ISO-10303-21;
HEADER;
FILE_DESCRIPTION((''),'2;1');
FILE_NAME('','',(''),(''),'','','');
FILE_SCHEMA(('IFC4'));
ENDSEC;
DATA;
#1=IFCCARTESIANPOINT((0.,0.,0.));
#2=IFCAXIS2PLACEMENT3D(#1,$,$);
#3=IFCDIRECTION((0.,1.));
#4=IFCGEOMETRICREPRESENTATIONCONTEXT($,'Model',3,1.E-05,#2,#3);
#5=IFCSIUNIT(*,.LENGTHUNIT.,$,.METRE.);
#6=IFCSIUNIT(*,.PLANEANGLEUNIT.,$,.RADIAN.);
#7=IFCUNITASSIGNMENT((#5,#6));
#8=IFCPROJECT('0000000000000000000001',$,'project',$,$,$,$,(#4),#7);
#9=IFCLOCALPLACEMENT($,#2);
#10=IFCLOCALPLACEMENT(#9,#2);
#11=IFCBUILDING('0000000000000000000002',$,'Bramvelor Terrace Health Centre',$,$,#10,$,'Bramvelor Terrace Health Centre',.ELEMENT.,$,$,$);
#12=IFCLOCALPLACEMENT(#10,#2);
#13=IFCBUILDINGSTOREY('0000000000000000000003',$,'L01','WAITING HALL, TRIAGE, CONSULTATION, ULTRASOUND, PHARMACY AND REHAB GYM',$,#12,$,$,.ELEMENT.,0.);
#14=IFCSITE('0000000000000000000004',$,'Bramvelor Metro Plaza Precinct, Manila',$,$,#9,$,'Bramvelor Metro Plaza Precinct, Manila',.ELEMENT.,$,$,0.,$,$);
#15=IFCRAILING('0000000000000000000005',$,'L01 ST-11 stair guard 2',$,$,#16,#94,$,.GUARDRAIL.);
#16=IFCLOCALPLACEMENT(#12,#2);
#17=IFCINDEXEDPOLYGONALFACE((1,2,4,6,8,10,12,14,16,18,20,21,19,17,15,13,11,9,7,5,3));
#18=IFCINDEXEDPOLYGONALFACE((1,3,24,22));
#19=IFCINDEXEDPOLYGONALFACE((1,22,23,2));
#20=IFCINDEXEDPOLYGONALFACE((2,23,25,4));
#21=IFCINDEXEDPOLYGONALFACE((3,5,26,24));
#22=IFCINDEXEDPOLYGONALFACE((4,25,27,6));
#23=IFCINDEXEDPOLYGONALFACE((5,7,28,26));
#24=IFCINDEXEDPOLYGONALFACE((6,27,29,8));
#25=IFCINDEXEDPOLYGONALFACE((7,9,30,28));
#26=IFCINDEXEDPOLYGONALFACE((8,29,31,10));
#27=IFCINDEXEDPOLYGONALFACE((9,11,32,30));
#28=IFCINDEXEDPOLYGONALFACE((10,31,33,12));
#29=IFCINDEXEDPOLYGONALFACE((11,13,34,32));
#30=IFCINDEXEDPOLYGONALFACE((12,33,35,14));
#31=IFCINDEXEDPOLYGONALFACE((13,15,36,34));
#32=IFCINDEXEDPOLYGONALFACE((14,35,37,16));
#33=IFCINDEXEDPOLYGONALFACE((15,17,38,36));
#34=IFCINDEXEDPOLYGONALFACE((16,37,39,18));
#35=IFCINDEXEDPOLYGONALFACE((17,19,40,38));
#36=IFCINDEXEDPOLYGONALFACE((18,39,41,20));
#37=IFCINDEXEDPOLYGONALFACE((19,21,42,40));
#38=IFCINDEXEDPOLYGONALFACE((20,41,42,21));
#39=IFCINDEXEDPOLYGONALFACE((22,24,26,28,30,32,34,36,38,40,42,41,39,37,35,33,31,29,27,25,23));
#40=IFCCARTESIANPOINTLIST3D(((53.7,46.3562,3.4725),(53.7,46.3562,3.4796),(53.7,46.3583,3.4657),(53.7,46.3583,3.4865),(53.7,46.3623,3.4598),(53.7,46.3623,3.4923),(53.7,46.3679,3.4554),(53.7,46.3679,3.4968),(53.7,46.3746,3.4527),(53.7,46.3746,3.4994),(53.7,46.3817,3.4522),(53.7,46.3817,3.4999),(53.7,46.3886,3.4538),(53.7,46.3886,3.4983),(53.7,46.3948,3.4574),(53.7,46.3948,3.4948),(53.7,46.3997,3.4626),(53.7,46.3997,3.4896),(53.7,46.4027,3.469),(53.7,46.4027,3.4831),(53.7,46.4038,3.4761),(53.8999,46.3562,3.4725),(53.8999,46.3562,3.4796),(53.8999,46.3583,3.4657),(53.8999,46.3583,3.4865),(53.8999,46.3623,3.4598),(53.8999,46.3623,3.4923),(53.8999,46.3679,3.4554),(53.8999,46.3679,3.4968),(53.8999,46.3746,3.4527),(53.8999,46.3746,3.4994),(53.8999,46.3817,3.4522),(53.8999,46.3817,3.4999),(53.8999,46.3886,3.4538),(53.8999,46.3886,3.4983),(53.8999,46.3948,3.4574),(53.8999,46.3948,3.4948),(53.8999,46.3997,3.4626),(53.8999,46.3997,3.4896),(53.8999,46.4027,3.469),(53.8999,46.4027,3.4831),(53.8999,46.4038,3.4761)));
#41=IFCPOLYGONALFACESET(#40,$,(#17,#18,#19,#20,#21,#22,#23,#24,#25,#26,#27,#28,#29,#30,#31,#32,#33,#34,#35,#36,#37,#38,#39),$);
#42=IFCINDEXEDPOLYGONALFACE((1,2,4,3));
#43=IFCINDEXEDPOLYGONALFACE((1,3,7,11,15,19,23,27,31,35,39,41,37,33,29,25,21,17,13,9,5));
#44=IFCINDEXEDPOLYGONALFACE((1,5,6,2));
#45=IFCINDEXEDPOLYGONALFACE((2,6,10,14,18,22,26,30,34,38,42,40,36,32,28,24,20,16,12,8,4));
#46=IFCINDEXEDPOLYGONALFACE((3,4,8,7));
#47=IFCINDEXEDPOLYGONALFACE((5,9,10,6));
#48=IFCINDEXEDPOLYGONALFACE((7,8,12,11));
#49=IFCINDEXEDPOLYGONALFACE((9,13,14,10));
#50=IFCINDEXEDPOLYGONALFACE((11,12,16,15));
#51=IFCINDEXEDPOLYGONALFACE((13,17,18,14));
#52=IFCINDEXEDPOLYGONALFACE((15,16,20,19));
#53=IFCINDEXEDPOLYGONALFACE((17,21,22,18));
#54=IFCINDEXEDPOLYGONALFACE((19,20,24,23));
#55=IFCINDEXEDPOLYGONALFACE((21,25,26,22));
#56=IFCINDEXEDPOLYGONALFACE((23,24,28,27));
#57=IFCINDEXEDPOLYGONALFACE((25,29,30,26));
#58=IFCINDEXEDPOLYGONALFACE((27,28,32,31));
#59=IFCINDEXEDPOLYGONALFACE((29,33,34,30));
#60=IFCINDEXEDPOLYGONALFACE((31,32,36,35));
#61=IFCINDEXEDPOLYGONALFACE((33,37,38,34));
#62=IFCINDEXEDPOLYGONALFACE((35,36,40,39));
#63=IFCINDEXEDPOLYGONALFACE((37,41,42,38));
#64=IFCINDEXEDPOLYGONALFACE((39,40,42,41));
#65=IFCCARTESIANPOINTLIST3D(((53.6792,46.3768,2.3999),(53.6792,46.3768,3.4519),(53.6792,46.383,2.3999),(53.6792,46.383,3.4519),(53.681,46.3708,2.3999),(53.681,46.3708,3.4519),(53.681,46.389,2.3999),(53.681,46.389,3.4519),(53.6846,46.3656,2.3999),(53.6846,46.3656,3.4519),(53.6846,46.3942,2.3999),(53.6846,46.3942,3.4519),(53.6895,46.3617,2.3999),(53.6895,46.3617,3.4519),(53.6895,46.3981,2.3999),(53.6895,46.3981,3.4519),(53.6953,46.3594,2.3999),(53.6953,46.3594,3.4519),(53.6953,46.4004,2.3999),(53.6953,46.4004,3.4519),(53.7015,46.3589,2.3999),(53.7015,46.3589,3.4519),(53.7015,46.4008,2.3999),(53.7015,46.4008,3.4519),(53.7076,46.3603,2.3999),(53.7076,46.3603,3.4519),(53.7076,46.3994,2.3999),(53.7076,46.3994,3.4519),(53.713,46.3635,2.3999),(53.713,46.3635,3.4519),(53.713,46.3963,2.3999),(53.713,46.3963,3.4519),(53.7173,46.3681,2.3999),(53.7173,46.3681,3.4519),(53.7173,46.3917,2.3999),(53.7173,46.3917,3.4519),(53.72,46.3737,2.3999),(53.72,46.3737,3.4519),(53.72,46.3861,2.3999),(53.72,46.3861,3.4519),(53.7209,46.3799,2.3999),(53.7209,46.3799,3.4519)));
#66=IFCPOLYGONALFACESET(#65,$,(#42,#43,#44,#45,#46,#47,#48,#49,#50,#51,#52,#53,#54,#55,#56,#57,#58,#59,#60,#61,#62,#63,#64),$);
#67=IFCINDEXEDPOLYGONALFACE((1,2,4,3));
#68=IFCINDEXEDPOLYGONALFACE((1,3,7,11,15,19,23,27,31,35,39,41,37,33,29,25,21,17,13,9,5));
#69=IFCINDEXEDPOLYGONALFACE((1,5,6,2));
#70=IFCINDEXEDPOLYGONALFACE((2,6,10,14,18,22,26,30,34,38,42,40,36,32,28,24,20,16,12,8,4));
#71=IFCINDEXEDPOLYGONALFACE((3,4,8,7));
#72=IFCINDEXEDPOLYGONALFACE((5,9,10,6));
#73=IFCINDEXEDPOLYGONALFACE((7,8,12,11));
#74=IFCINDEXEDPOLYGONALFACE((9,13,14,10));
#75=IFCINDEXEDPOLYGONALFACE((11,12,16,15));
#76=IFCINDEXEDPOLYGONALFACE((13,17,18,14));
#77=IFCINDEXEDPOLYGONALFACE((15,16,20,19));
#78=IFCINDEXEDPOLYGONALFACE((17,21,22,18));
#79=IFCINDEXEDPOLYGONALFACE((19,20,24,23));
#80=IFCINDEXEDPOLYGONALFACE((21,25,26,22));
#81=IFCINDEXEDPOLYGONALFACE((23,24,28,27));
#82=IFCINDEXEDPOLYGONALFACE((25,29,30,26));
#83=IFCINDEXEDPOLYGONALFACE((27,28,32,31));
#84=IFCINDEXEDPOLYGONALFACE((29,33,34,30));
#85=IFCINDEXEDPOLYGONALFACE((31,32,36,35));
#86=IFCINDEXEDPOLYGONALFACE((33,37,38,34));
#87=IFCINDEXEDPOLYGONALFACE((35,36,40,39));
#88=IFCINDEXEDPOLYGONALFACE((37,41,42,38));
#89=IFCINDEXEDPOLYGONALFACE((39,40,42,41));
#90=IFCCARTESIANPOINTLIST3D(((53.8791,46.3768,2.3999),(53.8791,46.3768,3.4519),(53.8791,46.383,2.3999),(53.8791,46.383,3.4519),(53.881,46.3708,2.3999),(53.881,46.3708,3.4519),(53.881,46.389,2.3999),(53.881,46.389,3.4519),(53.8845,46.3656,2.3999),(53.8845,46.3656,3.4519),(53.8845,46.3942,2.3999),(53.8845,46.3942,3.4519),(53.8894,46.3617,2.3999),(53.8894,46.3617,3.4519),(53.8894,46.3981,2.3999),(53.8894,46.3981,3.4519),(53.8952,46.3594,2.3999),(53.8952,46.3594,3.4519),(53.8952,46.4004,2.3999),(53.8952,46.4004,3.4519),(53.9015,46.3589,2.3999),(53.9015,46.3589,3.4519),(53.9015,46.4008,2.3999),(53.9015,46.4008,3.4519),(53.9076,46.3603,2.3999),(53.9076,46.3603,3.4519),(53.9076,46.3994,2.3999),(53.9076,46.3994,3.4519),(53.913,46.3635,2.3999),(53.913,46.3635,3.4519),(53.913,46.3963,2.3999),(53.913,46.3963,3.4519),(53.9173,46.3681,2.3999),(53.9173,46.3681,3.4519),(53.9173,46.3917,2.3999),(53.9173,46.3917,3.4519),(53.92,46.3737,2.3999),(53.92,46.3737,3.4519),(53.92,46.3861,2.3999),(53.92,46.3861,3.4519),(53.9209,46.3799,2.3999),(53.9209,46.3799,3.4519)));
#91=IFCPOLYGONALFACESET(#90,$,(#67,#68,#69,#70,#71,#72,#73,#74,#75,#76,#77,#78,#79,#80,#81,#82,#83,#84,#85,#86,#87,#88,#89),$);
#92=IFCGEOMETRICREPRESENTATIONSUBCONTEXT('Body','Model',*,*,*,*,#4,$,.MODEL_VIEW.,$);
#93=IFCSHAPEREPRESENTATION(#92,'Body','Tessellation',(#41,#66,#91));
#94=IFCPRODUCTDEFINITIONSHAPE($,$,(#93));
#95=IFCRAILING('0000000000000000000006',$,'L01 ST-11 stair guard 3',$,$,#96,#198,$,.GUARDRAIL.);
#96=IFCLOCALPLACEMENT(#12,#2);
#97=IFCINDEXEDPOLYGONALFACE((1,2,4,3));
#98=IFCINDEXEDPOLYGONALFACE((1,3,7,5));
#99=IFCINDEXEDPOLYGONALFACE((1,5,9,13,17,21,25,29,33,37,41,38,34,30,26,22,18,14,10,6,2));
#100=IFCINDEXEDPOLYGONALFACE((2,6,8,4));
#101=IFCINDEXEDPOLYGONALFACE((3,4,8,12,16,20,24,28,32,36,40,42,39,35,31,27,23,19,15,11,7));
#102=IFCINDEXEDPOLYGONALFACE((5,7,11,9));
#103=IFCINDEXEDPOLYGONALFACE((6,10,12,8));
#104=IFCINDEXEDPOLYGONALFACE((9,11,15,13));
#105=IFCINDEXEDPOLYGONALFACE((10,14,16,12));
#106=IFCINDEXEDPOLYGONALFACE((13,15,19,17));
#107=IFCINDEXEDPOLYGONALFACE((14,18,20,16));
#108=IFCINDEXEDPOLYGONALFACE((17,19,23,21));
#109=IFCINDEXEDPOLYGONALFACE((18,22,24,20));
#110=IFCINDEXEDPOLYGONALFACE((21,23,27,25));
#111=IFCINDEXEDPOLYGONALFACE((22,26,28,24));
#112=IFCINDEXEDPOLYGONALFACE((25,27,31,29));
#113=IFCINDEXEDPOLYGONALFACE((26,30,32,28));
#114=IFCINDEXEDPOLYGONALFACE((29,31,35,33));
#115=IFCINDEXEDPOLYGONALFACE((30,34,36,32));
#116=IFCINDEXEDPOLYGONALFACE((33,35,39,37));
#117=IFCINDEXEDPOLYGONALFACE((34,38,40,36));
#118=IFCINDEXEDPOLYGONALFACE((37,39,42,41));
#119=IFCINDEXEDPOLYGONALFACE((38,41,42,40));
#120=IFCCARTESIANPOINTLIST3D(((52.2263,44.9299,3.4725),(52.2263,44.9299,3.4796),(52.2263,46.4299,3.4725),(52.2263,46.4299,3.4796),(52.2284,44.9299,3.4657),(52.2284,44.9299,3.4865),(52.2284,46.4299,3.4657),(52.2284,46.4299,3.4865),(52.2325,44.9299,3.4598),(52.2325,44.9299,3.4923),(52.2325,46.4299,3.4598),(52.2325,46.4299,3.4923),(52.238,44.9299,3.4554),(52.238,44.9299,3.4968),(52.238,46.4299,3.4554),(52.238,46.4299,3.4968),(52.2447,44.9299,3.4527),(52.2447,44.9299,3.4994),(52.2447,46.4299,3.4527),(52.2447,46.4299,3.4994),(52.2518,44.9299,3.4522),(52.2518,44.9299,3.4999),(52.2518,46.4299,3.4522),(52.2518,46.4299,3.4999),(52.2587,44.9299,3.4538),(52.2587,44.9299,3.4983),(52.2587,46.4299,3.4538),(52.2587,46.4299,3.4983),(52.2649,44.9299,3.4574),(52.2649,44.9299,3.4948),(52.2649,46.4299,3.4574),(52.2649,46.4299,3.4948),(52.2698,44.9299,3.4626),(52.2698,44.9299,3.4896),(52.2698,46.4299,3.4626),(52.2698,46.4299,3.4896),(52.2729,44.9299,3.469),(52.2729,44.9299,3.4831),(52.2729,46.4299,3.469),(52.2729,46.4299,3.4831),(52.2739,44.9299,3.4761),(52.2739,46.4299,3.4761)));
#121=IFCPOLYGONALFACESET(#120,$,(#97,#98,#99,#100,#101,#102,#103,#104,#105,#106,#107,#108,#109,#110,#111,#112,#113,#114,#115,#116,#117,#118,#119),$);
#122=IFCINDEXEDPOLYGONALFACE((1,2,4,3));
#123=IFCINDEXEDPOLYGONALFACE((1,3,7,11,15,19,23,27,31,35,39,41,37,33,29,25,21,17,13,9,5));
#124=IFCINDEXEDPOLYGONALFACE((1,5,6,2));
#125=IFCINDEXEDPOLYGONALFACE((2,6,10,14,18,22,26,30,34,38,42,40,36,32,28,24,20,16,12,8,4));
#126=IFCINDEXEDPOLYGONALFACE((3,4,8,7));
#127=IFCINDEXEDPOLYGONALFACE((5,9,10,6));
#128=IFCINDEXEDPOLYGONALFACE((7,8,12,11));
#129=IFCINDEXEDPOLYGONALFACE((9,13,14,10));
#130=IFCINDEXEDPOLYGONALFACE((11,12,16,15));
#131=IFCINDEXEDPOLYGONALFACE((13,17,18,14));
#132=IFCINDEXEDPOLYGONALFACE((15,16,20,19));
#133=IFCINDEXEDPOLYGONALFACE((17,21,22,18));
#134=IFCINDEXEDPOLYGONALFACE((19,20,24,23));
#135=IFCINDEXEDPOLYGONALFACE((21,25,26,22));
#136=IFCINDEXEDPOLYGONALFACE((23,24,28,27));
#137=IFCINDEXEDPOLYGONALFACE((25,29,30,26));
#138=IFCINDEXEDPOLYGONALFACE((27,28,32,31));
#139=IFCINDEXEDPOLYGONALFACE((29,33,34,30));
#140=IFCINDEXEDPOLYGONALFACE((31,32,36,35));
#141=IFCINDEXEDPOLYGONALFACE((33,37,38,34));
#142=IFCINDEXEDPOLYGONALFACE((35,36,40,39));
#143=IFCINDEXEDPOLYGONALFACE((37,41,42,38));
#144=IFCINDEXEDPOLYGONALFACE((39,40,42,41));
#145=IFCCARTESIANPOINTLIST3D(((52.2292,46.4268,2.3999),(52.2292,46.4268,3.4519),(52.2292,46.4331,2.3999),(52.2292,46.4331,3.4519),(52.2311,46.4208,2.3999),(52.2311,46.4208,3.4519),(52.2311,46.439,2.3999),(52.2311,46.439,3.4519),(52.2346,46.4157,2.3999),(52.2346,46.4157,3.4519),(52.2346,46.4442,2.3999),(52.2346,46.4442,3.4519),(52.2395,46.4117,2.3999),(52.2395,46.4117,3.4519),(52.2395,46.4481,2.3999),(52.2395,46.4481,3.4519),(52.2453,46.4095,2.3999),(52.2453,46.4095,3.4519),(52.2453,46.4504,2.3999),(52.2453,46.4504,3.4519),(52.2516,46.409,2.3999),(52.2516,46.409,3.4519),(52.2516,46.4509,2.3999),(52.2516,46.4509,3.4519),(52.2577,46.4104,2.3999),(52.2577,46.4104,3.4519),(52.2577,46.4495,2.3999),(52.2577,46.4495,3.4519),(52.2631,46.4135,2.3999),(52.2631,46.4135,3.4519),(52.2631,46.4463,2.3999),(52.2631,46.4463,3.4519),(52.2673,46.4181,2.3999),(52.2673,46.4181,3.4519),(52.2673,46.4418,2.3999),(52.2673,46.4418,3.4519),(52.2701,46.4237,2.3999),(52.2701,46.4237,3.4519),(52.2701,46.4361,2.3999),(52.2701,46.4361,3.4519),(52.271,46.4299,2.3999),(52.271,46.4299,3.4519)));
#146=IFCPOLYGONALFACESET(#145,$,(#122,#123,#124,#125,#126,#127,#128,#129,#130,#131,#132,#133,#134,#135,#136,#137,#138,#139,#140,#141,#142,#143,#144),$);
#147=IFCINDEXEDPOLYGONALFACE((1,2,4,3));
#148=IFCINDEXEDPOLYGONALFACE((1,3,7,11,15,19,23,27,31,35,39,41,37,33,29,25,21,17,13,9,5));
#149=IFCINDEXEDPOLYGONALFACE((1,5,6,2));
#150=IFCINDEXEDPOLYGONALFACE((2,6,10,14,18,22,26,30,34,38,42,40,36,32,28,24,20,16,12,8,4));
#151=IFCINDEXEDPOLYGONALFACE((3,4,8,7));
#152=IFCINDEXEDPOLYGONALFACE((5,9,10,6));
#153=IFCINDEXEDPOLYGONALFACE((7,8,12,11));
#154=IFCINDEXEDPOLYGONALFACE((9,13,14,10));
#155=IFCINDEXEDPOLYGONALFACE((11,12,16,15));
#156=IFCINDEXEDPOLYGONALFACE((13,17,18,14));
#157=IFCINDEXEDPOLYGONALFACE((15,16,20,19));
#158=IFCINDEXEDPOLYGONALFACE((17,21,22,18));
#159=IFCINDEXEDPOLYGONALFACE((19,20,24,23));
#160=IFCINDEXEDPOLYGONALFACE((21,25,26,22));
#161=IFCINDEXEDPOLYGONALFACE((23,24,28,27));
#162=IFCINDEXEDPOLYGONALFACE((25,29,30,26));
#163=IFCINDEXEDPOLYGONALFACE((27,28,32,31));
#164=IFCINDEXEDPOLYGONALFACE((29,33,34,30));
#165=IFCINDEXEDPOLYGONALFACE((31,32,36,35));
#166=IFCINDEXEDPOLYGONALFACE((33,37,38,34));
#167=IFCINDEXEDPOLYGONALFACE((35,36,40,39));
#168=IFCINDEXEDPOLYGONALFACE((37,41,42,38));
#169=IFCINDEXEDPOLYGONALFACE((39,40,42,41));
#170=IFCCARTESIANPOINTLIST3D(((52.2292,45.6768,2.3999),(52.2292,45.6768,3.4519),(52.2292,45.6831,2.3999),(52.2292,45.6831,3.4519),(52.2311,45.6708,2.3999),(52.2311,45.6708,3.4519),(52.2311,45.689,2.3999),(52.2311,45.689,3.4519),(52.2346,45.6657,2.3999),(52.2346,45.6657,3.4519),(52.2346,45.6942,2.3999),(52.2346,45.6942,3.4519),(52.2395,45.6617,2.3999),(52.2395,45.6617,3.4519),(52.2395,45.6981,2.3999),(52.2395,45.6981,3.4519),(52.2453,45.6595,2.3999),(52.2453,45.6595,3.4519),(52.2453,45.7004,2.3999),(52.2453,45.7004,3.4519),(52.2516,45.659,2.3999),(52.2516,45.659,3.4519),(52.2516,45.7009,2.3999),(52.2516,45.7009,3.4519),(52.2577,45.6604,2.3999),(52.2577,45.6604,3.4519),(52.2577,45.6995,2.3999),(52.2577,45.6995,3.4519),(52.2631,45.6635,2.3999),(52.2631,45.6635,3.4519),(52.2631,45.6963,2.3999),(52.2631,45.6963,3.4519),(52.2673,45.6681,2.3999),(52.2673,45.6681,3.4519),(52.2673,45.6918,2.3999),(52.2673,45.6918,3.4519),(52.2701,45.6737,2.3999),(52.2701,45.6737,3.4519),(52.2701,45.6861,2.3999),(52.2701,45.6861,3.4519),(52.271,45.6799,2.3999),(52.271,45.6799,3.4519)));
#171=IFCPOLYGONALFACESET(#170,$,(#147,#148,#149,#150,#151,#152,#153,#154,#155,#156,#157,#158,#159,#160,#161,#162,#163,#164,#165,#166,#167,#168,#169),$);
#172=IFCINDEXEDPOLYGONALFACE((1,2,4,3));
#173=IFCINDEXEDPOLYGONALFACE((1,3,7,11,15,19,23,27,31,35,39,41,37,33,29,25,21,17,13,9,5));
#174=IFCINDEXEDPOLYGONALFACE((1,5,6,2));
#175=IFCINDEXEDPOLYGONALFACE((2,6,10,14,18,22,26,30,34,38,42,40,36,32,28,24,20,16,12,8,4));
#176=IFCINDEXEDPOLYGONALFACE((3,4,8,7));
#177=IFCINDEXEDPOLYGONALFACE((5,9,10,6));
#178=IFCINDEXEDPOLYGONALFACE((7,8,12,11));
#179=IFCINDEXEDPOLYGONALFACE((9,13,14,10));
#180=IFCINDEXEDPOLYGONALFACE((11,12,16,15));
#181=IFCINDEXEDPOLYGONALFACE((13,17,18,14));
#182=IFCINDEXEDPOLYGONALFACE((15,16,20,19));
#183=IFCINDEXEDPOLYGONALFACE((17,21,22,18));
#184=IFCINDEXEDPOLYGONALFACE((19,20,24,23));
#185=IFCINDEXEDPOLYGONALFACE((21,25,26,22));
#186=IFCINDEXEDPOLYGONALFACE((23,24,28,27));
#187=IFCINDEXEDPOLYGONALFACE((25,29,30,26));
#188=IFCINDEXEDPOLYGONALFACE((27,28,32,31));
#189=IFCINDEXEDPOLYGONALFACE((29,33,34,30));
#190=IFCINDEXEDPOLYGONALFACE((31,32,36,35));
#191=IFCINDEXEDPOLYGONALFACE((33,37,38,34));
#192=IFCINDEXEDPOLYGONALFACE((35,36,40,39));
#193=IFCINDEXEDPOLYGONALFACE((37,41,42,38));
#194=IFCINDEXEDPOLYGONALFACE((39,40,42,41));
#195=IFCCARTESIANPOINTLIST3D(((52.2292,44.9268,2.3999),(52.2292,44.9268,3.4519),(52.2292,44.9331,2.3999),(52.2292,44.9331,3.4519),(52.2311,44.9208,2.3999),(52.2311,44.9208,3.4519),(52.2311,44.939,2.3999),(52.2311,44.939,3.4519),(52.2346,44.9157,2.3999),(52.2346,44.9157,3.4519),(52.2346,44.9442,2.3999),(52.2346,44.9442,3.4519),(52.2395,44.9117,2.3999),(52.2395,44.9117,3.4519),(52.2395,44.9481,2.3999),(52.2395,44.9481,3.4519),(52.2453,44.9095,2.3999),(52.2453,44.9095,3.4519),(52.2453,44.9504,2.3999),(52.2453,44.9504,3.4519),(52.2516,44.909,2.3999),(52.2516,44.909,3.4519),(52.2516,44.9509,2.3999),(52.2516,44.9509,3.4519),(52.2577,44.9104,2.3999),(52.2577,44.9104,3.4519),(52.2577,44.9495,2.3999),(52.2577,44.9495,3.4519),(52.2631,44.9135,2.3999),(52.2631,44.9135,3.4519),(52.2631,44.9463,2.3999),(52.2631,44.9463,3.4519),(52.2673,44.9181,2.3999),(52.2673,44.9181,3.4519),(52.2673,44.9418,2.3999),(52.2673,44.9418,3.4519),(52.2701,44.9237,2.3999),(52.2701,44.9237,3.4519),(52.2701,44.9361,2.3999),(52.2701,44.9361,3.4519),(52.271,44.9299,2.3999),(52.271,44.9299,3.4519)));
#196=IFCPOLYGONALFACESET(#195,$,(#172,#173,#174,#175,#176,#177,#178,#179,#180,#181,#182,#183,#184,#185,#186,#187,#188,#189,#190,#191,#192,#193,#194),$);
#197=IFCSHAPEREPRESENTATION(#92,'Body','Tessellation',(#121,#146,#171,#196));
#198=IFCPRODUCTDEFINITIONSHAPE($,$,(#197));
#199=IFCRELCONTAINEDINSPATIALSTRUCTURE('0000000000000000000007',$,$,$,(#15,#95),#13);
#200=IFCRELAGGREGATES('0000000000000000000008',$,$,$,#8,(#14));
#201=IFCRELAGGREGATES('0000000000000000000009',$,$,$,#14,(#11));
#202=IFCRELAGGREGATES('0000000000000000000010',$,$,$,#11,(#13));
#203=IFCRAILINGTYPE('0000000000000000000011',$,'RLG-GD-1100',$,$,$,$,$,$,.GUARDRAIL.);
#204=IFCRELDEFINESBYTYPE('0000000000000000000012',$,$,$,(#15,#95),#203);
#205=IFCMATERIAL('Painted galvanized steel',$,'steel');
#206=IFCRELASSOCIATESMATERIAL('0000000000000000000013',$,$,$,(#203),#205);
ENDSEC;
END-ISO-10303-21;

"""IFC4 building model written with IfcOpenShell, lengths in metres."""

from ifc_helpers import new_model, si_unit, direction, frame, origin, origin_2d, place, context, subcontext, project, spatial, circle, extrude, material, type_object, element, save


model = new_model("IFC4")

# Units and contexts
model_context = context("Model", 3, precision=1e-05, world=origin(), true_north=direction((0.0, 1.0)))
body_context = subcontext(model_context, "Body", "Model", "MODEL_VIEW")
ifc_project = project(units=[si_unit("LENGTHUNIT", "METRE"), si_unit("PLANEANGLEUNIT", "RADIAN")], contexts=[model_context])

# Site, building, storey
site_placement = place(None, origin())
site = spatial("IfcSite", under=ifc_project, at=site_placement, Name="Bramvelor Metro Plaza Precinct, Manila", LongName="Bramvelor Metro Plaza Precinct, Manila", CompositionType="ELEMENT", RefElevation=0.0)
building_placement = place(site_placement, origin())
building = spatial("IfcBuilding", under=site, at=building_placement, Name="Bramvelor Terrace Health Centre", LongName="Bramvelor Terrace Health Centre", CompositionType="ELEMENT")
storey_placement = place(building_placement, origin())
storey = spatial("IfcBuildingStorey", under=building, at=storey_placement, Name="L01", Description="WAITING HALL, TRIAGE, CONSULTATION, ULTRASOUND, PHARMACY AND REHAB GYM", CompositionType="ELEMENT", Elevation=0.0)

# Railings
ifc_material_1 = material(Name="Painted galvanized steel", Category="steel")
railing_type_1 = type_object("IfcRailingType", Name="RLG-GD-1100", PredefinedType="GUARDRAIL", material=ifc_material_1)
railing_1_placement = place(storey_placement, frame((53.7, 46.3799, 2.3999)))
element("IfcRailing", 1, at=railing_1_placement, inside=storey, type_object=railing_type_1, Name="L01 ST-11 stair guard 2", PredefinedType="GUARDRAIL", context=body_context, shape_type="SweptSolid", body=[
    extrude(circle(Radius=0.0239, at=origin_2d()), frame((0.0, 0.0, 1.0762), z_axis=(1.0, 0.0, 0.0), x_axis=(0.0, 1.0, 0.0)), (0.0, 0.0, 1.0), 0.2),
    extrude(circle(Radius=0.021, at=origin_2d()), origin(), (0.0, 0.0, 1.0), 1.052),
    extrude(circle(Radius=0.021, at=origin_2d()), frame((0.2, 0.0, 0.0)), (0.0, 0.0, 1.0), 1.052),
])
for number, where, name in (
    (2, (52.25, 46.4299, 2.3999), "L01 ST-11 stair guard 3"),
):
    element("IfcRailing", number, at=place(storey_placement, frame(where)), inside=storey, type_object=railing_type_1, Name=name, PredefinedType="GUARDRAIL", context=body_context, shape_type="SweptSolid", body=[
        extrude(circle(Radius=0.0239, at=origin_2d()), frame((0.0, 0.0, 1.0762), z_axis=(0.0, -1.0, 0.0), x_axis=(1.0, 0.0, 0.0)), (0.0, 0.0, 1.0), 1.5),
        extrude(circle(Radius=0.021, at=origin_2d()), origin(), (0.0, 0.0, 1.0), 1.052),
        extrude(circle(Radius=0.021, at=origin_2d()), frame((0.0, -0.75, 0.0)), (0.0, 0.0, 1.0), 1.052),
        extrude(circle(Radius=0.021, at=origin_2d()), frame((0.0, -1.5, 0.0)), (0.0, 0.0, 1.0), 1.052),
    ])

save(model, "model.ifc")
